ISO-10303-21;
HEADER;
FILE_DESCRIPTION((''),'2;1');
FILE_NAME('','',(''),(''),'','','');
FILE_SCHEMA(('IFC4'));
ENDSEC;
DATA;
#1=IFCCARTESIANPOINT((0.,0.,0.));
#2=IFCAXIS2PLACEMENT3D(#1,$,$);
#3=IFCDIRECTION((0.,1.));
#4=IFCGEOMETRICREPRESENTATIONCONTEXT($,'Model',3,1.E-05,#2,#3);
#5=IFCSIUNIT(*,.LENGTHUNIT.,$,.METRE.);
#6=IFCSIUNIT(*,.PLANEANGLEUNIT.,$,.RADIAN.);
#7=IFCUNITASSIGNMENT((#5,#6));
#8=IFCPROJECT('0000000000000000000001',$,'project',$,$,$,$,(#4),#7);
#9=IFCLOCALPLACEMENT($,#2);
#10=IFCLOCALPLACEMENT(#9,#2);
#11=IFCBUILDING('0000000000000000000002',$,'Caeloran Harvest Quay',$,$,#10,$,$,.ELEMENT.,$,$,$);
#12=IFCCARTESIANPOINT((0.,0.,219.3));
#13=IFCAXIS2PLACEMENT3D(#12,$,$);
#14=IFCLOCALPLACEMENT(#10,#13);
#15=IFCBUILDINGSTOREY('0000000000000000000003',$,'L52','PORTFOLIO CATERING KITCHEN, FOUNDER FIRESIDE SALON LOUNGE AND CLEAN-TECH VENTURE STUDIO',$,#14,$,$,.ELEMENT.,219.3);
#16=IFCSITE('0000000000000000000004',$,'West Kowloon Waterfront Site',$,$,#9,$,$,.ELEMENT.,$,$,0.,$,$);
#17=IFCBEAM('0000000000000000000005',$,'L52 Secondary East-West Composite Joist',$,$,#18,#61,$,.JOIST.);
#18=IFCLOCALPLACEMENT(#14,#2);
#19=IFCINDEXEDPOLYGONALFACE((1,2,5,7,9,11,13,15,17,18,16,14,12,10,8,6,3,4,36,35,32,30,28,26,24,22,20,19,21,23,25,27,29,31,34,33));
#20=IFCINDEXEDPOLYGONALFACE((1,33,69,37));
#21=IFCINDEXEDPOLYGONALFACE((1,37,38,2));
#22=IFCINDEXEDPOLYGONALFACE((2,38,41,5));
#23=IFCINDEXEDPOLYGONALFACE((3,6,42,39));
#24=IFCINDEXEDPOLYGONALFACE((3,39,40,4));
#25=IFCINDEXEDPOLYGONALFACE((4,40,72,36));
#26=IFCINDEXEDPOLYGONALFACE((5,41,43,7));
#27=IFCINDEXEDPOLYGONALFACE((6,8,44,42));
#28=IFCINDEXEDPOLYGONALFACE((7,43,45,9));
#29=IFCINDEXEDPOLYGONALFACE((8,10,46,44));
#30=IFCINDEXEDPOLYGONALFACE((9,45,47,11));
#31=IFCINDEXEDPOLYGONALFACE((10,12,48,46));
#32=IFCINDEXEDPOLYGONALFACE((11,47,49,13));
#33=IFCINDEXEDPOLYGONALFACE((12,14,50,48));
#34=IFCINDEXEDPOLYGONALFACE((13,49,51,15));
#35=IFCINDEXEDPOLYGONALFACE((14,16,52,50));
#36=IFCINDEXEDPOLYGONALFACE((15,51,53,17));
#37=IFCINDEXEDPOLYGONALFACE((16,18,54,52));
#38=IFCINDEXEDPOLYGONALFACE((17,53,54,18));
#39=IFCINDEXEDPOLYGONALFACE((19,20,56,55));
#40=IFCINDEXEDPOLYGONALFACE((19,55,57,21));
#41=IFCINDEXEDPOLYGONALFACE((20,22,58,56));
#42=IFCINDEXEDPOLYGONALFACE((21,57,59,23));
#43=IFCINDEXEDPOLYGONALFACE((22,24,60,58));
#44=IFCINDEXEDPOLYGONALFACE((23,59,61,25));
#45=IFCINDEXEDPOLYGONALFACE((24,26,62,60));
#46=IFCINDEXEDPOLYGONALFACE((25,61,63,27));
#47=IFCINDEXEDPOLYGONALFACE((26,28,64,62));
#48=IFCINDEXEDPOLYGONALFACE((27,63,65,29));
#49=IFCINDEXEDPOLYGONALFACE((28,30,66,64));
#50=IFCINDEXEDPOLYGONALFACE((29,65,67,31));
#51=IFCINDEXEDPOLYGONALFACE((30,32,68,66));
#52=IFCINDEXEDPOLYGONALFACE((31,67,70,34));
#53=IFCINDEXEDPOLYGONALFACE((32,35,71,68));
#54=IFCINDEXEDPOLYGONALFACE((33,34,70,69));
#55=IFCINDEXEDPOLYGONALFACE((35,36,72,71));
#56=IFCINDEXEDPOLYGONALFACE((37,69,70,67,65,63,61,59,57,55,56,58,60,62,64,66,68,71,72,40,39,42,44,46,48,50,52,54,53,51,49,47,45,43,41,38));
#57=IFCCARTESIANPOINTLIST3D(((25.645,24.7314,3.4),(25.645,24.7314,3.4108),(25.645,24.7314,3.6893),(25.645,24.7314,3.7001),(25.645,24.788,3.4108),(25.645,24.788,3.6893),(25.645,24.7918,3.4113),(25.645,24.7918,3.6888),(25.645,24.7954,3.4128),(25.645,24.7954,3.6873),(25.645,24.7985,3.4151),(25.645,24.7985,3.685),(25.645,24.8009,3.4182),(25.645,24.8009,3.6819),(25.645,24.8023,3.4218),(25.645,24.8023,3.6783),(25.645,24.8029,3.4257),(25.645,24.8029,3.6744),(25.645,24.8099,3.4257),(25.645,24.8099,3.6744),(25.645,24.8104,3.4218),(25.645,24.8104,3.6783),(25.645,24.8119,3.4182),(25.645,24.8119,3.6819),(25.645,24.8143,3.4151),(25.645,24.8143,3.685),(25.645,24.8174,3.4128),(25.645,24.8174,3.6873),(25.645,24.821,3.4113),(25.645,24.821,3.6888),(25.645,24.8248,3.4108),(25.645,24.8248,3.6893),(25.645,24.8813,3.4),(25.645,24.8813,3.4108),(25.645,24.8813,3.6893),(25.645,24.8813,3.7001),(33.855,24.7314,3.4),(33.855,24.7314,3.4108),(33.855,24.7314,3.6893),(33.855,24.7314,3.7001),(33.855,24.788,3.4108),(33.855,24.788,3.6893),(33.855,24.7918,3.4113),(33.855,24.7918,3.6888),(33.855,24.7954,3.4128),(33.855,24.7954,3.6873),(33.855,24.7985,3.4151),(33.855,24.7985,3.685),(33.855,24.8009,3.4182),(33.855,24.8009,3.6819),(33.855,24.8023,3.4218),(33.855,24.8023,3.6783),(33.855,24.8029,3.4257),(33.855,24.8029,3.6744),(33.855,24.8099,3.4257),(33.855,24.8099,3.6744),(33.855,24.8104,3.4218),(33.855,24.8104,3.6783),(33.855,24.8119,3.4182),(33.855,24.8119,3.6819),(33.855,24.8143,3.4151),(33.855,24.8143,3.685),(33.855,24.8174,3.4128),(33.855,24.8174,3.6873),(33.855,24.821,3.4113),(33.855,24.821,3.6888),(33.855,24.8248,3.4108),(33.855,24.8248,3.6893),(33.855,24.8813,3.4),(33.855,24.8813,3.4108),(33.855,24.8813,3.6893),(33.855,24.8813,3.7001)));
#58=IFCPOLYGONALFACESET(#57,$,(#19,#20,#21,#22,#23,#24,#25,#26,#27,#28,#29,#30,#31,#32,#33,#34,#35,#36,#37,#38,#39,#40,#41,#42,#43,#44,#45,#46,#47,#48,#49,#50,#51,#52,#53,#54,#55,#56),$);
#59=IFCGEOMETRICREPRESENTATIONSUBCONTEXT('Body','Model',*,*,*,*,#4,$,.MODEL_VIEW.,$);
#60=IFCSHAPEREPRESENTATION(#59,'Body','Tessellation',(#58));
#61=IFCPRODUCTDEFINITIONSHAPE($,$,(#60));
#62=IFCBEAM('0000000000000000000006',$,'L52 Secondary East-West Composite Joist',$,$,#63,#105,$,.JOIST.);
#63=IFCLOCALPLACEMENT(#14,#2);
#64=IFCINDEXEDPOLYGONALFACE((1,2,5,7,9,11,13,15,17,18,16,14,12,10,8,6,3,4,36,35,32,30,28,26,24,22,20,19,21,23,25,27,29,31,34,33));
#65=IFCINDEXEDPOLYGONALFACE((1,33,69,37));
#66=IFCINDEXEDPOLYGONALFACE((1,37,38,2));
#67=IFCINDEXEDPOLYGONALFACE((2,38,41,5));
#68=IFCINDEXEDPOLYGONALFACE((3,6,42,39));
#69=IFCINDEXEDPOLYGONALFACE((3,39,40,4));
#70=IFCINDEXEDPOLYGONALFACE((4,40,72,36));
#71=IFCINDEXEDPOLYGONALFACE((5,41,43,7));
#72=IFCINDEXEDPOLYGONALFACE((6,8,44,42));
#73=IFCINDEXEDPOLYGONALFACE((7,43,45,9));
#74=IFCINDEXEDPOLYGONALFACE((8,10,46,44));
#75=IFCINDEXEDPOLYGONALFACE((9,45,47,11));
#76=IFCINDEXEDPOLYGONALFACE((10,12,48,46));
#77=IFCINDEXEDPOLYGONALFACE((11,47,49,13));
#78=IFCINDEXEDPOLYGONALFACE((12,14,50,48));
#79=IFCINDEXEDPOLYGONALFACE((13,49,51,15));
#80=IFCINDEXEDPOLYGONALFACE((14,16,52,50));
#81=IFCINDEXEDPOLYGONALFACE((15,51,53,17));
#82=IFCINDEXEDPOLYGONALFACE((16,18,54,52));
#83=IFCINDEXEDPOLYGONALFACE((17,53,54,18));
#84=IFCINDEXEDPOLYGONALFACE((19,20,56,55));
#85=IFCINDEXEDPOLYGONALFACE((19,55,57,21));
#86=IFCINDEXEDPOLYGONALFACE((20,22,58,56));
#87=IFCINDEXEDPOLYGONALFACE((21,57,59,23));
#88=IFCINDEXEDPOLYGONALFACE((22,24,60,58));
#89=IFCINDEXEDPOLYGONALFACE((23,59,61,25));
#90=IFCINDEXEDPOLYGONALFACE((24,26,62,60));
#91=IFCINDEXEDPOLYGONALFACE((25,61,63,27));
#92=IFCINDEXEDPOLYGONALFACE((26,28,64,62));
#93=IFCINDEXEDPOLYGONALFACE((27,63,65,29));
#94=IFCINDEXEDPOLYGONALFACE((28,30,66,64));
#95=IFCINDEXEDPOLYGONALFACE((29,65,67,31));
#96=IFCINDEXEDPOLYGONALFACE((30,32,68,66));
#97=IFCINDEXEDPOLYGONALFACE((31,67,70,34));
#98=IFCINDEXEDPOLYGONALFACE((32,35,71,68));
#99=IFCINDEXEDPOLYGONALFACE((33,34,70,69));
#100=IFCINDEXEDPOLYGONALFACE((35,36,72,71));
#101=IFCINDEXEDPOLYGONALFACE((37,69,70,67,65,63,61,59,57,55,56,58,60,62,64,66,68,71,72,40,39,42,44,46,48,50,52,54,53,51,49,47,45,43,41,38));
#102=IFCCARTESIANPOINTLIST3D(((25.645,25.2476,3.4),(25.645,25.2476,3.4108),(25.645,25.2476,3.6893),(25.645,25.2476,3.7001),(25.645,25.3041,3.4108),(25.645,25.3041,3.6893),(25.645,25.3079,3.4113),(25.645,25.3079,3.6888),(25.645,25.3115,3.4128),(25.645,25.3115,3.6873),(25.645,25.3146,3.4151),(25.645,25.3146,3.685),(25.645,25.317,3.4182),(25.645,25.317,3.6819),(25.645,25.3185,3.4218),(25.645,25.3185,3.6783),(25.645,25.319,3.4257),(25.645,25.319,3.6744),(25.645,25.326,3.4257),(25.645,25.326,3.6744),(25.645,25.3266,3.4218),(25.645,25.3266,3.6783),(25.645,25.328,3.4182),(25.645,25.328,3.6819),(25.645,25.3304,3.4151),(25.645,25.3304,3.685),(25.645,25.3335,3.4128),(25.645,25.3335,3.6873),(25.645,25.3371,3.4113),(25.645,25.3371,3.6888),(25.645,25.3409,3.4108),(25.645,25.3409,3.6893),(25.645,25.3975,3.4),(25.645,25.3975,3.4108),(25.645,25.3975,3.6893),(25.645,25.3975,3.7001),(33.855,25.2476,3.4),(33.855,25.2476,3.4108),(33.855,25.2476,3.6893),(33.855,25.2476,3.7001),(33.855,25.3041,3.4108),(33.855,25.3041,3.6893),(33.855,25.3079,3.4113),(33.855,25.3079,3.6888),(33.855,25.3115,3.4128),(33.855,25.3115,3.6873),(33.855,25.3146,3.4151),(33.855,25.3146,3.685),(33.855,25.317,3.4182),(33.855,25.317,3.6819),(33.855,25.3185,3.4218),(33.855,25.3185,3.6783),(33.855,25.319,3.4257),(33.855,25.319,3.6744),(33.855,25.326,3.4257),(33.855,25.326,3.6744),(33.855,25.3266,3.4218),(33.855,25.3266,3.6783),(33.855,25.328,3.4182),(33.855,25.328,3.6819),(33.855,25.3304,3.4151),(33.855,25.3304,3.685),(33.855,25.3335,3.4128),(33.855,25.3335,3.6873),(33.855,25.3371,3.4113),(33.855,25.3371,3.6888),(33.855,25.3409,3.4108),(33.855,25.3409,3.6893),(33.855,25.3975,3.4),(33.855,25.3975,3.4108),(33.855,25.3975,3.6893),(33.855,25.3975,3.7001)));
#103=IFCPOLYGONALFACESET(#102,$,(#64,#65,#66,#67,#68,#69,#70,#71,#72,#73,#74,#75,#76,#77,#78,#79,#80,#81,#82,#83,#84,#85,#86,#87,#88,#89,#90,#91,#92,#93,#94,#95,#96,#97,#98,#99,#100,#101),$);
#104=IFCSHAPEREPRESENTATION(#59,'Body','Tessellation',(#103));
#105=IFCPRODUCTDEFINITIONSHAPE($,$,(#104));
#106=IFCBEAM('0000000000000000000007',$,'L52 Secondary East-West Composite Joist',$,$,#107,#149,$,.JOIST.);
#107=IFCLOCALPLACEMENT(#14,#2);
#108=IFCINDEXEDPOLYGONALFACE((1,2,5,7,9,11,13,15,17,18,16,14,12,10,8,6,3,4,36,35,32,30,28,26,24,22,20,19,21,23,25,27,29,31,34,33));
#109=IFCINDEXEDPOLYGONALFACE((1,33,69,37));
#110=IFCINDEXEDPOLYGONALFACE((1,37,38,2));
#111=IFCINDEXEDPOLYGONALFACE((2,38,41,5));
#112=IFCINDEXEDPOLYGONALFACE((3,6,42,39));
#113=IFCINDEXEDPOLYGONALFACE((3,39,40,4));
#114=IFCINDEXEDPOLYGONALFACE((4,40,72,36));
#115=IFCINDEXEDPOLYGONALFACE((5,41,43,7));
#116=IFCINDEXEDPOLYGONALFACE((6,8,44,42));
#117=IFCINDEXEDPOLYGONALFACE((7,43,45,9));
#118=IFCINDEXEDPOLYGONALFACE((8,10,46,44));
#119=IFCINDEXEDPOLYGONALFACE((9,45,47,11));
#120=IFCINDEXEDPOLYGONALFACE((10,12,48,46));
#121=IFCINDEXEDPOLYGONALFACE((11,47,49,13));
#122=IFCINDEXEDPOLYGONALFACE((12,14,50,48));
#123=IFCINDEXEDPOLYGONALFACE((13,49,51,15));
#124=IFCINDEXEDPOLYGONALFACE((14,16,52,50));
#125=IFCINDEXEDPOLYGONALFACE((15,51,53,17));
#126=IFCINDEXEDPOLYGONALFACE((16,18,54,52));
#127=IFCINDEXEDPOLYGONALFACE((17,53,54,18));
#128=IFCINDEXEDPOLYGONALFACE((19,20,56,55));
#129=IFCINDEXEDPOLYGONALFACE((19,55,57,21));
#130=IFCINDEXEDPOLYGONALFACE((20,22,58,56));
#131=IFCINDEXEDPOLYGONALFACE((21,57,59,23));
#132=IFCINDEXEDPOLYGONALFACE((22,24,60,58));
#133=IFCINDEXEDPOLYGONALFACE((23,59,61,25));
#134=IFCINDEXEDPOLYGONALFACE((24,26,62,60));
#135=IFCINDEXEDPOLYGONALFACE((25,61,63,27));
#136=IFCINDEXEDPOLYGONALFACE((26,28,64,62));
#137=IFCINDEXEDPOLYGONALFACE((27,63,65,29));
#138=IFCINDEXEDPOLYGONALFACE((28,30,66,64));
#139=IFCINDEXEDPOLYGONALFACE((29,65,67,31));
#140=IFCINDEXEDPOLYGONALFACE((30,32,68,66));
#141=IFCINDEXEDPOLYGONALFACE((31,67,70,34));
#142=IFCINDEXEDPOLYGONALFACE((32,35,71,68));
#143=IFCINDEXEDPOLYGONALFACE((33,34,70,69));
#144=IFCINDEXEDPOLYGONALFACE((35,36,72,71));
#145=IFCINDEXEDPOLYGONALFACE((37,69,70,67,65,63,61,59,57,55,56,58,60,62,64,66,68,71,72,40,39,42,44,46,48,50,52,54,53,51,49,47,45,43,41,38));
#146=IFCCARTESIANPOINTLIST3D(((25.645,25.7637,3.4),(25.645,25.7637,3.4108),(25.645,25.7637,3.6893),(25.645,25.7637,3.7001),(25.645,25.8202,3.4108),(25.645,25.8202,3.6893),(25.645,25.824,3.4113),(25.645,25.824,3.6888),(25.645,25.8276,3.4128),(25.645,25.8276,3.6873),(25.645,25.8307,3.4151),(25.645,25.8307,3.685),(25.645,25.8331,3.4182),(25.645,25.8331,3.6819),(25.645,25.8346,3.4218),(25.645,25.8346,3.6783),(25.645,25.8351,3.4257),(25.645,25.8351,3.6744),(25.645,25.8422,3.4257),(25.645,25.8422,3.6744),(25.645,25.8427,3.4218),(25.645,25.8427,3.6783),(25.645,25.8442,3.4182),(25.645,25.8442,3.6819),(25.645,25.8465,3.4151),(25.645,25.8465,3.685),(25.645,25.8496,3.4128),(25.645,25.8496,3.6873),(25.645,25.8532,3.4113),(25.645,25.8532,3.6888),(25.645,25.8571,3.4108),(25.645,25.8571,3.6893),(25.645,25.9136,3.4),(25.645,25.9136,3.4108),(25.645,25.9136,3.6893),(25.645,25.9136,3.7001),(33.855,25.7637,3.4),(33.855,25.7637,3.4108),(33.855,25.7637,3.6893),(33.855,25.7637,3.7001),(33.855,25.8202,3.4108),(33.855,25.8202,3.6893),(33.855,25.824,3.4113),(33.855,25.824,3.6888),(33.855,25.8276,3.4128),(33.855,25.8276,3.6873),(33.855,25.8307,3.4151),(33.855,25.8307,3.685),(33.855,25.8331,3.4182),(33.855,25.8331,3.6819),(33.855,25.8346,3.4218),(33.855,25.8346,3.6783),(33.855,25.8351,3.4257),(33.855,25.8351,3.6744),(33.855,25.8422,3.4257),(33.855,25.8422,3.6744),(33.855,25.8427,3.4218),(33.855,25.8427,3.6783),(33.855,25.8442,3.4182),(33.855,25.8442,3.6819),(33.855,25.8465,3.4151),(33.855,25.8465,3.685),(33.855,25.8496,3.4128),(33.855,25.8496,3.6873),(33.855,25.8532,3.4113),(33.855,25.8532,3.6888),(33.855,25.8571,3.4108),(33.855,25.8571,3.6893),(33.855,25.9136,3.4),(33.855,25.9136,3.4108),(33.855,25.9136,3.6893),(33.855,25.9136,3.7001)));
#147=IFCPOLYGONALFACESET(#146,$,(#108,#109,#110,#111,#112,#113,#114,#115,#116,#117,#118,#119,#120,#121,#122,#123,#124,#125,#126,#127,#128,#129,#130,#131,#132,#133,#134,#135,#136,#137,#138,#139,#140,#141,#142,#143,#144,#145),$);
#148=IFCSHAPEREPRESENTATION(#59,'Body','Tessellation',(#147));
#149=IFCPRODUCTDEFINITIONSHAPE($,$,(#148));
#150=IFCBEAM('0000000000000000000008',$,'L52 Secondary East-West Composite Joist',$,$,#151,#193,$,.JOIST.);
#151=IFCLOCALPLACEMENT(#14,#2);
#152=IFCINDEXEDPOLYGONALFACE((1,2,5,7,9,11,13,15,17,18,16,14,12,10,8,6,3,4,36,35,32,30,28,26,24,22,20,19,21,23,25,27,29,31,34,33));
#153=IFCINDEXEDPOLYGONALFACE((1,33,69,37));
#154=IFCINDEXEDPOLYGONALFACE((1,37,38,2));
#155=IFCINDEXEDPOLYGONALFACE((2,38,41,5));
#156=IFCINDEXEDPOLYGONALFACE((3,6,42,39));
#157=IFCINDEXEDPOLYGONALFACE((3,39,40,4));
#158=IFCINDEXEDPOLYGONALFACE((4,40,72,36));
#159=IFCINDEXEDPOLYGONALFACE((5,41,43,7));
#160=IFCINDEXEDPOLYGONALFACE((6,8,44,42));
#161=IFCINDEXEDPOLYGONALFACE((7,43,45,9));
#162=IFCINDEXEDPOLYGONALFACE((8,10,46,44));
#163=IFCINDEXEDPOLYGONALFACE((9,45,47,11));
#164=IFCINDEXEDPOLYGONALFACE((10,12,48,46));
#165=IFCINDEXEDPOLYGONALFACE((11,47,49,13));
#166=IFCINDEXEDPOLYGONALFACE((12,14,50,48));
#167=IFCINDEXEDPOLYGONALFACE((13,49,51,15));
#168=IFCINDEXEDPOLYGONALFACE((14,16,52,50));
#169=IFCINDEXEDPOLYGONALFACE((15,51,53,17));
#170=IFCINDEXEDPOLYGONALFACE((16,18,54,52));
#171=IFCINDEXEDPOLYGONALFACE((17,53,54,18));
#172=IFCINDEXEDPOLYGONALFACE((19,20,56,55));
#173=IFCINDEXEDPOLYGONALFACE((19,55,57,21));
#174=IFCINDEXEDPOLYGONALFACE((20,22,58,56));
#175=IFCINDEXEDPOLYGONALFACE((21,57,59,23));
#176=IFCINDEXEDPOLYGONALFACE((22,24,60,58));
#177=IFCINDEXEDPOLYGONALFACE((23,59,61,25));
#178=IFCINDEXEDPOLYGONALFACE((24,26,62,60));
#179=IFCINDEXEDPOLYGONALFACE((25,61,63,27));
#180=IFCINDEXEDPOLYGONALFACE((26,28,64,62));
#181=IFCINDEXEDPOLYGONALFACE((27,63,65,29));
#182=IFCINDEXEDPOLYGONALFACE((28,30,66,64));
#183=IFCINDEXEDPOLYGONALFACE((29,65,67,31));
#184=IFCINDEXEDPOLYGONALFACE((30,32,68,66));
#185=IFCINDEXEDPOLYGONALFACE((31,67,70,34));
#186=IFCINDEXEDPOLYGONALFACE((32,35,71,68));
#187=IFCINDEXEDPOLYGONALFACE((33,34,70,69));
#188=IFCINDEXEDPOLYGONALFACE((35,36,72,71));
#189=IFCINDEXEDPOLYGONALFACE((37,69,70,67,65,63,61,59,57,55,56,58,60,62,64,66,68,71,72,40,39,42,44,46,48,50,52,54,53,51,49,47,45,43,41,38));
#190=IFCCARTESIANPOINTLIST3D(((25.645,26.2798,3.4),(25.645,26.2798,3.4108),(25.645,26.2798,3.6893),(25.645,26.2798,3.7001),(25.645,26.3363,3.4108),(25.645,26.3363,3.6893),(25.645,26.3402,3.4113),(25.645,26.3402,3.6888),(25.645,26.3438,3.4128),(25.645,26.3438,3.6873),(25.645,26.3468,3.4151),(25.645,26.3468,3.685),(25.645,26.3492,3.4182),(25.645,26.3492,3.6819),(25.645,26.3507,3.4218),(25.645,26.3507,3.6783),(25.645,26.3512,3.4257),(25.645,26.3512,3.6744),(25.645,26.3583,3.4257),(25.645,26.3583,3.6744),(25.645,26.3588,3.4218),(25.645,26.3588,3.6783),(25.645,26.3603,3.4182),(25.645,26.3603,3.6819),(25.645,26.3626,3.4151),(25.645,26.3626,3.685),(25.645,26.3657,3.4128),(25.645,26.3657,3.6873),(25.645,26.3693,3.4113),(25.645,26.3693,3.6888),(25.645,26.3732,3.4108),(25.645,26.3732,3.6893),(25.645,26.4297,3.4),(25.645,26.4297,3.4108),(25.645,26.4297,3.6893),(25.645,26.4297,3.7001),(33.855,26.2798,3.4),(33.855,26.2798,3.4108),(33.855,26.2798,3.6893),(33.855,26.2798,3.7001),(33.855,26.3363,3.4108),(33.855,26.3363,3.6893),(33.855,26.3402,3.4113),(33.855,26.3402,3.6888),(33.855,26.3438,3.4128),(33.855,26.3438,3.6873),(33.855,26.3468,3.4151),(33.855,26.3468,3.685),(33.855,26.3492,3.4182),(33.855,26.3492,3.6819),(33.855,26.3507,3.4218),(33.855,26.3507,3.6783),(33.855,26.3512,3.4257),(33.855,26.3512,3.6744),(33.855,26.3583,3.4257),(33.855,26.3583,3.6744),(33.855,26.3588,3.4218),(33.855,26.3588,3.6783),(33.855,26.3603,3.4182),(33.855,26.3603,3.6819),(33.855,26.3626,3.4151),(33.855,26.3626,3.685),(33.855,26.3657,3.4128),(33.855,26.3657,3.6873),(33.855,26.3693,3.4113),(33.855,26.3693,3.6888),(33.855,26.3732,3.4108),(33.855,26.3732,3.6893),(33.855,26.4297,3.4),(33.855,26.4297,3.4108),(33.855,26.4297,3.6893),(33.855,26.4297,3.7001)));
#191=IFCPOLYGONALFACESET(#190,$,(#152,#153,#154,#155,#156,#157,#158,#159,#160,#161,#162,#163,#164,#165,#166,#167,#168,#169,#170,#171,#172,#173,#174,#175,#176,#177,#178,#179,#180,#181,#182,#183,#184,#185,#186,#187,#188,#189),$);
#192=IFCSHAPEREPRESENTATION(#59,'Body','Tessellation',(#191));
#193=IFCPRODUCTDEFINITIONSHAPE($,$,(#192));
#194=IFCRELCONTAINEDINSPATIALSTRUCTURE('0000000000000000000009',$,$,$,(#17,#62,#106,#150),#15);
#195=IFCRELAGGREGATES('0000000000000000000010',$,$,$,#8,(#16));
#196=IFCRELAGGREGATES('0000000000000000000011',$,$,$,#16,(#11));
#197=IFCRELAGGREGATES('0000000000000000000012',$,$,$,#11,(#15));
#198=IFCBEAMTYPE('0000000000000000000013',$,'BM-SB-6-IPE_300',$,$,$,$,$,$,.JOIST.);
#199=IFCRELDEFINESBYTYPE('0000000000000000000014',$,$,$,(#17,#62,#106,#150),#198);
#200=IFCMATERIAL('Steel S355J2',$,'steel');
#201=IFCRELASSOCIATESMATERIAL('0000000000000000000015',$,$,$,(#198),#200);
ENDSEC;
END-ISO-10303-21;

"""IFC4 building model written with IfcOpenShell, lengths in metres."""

from ifc_helpers import new_model, si_unit, direction, frame, origin, origin_2d, place, context, subcontext, project, spatial, i_section, extrude, material, material_profile, profile_set, type_object, element, save


model = new_model("IFC4")

# Units and contexts
model_context = context("Model", 3, precision=1e-05, world=origin(), true_north=direction((0.0, 1.0)))
body_context = subcontext(model_context, "Body", "Model", "MODEL_VIEW")
ifc_project = project(units=[si_unit("LENGTHUNIT", "METRE"), si_unit("PLANEANGLEUNIT", "RADIAN")], contexts=[model_context])

# Site, building, storey
site_placement = place(None, origin())
site = spatial("IfcSite", under=ifc_project, at=site_placement, Name="West Kowloon Waterfront Site", CompositionType="ELEMENT", RefElevation=0.0)
building_placement = place(site_placement, origin())
building = spatial("IfcBuilding", under=site, at=building_placement, Name="Caeloran Harvest Quay", CompositionType="ELEMENT")
storey_placement = place(building_placement, frame((0.0, 0.0, 219.3)))
storey = spatial("IfcBuildingStorey", under=building, at=storey_placement, Name="L52", Description="PORTFOLIO CATERING KITCHEN, FOUNDER FIRESIDE SALON LOUNGE AND CLEAN-TECH VENTURE STUDIO", CompositionType="ELEMENT", Elevation=219.3)

# Beams
ifc_material_1 = material(Name="Steel S355J2", Category="steel")
ifc_material_profile_1 = material_profile(ifc_material_1, i_section(OverallWidth=0.1499, OverallDepth=0.3, WebThickness=0.0071, FlangeThickness=0.0107, FilletRadius=0.0149, at=origin_2d()), Name="IPE 300")
ifc_profile_set_1 = profile_set([ifc_material_profile_1], Name="Steel S355J2")
beam_type_1 = type_object("IfcBeamType", Name="BM-SB-6-IPE_300", PredefinedType="JOIST", material=ifc_profile_set_1)
for number, where, z_axis, x_axis, name in (
    (1, (25.645, 24.8064, 3.55), (1.0, 0.0, 0.0), (0.0, 1.0, 0.0), "L52 Secondary East-West Composite Joist"),
    (2, (25.645, 25.3225, 3.55), (1.0, 0.0, 0.0), (0.0, 1.0, 0.0), "L52 Secondary East-West Composite Joist"),
    (3, (25.645, 25.8386, 3.55), (1.0, 0.0, 0.0), (0.0, 1.0, 0.0), "L52 Secondary East-West Composite Joist"),
    (4, (25.645, 26.3547, 3.55), (1.0, 0.0, 0.0), (0.0, 1.0, 0.0), "L52 Secondary East-West Composite Joist"),
):
    element("IfcBeam", number, at=place(storey_placement, frame(where, z_axis=z_axis, x_axis=x_axis)), inside=storey, type_object=beam_type_1, Name=name, PredefinedType="JOIST", context=body_context, shape_type="SweptSolid", body=[
        extrude(i_section(OverallWidth=0.1499, OverallDepth=0.3, WebThickness=0.0071, FlangeThickness=0.0107, FilletRadius=0.0149, at=origin_2d()), origin(), (0.0, 0.0, 1.0), 8.21),
    ])

save(model, "model.ifc")
